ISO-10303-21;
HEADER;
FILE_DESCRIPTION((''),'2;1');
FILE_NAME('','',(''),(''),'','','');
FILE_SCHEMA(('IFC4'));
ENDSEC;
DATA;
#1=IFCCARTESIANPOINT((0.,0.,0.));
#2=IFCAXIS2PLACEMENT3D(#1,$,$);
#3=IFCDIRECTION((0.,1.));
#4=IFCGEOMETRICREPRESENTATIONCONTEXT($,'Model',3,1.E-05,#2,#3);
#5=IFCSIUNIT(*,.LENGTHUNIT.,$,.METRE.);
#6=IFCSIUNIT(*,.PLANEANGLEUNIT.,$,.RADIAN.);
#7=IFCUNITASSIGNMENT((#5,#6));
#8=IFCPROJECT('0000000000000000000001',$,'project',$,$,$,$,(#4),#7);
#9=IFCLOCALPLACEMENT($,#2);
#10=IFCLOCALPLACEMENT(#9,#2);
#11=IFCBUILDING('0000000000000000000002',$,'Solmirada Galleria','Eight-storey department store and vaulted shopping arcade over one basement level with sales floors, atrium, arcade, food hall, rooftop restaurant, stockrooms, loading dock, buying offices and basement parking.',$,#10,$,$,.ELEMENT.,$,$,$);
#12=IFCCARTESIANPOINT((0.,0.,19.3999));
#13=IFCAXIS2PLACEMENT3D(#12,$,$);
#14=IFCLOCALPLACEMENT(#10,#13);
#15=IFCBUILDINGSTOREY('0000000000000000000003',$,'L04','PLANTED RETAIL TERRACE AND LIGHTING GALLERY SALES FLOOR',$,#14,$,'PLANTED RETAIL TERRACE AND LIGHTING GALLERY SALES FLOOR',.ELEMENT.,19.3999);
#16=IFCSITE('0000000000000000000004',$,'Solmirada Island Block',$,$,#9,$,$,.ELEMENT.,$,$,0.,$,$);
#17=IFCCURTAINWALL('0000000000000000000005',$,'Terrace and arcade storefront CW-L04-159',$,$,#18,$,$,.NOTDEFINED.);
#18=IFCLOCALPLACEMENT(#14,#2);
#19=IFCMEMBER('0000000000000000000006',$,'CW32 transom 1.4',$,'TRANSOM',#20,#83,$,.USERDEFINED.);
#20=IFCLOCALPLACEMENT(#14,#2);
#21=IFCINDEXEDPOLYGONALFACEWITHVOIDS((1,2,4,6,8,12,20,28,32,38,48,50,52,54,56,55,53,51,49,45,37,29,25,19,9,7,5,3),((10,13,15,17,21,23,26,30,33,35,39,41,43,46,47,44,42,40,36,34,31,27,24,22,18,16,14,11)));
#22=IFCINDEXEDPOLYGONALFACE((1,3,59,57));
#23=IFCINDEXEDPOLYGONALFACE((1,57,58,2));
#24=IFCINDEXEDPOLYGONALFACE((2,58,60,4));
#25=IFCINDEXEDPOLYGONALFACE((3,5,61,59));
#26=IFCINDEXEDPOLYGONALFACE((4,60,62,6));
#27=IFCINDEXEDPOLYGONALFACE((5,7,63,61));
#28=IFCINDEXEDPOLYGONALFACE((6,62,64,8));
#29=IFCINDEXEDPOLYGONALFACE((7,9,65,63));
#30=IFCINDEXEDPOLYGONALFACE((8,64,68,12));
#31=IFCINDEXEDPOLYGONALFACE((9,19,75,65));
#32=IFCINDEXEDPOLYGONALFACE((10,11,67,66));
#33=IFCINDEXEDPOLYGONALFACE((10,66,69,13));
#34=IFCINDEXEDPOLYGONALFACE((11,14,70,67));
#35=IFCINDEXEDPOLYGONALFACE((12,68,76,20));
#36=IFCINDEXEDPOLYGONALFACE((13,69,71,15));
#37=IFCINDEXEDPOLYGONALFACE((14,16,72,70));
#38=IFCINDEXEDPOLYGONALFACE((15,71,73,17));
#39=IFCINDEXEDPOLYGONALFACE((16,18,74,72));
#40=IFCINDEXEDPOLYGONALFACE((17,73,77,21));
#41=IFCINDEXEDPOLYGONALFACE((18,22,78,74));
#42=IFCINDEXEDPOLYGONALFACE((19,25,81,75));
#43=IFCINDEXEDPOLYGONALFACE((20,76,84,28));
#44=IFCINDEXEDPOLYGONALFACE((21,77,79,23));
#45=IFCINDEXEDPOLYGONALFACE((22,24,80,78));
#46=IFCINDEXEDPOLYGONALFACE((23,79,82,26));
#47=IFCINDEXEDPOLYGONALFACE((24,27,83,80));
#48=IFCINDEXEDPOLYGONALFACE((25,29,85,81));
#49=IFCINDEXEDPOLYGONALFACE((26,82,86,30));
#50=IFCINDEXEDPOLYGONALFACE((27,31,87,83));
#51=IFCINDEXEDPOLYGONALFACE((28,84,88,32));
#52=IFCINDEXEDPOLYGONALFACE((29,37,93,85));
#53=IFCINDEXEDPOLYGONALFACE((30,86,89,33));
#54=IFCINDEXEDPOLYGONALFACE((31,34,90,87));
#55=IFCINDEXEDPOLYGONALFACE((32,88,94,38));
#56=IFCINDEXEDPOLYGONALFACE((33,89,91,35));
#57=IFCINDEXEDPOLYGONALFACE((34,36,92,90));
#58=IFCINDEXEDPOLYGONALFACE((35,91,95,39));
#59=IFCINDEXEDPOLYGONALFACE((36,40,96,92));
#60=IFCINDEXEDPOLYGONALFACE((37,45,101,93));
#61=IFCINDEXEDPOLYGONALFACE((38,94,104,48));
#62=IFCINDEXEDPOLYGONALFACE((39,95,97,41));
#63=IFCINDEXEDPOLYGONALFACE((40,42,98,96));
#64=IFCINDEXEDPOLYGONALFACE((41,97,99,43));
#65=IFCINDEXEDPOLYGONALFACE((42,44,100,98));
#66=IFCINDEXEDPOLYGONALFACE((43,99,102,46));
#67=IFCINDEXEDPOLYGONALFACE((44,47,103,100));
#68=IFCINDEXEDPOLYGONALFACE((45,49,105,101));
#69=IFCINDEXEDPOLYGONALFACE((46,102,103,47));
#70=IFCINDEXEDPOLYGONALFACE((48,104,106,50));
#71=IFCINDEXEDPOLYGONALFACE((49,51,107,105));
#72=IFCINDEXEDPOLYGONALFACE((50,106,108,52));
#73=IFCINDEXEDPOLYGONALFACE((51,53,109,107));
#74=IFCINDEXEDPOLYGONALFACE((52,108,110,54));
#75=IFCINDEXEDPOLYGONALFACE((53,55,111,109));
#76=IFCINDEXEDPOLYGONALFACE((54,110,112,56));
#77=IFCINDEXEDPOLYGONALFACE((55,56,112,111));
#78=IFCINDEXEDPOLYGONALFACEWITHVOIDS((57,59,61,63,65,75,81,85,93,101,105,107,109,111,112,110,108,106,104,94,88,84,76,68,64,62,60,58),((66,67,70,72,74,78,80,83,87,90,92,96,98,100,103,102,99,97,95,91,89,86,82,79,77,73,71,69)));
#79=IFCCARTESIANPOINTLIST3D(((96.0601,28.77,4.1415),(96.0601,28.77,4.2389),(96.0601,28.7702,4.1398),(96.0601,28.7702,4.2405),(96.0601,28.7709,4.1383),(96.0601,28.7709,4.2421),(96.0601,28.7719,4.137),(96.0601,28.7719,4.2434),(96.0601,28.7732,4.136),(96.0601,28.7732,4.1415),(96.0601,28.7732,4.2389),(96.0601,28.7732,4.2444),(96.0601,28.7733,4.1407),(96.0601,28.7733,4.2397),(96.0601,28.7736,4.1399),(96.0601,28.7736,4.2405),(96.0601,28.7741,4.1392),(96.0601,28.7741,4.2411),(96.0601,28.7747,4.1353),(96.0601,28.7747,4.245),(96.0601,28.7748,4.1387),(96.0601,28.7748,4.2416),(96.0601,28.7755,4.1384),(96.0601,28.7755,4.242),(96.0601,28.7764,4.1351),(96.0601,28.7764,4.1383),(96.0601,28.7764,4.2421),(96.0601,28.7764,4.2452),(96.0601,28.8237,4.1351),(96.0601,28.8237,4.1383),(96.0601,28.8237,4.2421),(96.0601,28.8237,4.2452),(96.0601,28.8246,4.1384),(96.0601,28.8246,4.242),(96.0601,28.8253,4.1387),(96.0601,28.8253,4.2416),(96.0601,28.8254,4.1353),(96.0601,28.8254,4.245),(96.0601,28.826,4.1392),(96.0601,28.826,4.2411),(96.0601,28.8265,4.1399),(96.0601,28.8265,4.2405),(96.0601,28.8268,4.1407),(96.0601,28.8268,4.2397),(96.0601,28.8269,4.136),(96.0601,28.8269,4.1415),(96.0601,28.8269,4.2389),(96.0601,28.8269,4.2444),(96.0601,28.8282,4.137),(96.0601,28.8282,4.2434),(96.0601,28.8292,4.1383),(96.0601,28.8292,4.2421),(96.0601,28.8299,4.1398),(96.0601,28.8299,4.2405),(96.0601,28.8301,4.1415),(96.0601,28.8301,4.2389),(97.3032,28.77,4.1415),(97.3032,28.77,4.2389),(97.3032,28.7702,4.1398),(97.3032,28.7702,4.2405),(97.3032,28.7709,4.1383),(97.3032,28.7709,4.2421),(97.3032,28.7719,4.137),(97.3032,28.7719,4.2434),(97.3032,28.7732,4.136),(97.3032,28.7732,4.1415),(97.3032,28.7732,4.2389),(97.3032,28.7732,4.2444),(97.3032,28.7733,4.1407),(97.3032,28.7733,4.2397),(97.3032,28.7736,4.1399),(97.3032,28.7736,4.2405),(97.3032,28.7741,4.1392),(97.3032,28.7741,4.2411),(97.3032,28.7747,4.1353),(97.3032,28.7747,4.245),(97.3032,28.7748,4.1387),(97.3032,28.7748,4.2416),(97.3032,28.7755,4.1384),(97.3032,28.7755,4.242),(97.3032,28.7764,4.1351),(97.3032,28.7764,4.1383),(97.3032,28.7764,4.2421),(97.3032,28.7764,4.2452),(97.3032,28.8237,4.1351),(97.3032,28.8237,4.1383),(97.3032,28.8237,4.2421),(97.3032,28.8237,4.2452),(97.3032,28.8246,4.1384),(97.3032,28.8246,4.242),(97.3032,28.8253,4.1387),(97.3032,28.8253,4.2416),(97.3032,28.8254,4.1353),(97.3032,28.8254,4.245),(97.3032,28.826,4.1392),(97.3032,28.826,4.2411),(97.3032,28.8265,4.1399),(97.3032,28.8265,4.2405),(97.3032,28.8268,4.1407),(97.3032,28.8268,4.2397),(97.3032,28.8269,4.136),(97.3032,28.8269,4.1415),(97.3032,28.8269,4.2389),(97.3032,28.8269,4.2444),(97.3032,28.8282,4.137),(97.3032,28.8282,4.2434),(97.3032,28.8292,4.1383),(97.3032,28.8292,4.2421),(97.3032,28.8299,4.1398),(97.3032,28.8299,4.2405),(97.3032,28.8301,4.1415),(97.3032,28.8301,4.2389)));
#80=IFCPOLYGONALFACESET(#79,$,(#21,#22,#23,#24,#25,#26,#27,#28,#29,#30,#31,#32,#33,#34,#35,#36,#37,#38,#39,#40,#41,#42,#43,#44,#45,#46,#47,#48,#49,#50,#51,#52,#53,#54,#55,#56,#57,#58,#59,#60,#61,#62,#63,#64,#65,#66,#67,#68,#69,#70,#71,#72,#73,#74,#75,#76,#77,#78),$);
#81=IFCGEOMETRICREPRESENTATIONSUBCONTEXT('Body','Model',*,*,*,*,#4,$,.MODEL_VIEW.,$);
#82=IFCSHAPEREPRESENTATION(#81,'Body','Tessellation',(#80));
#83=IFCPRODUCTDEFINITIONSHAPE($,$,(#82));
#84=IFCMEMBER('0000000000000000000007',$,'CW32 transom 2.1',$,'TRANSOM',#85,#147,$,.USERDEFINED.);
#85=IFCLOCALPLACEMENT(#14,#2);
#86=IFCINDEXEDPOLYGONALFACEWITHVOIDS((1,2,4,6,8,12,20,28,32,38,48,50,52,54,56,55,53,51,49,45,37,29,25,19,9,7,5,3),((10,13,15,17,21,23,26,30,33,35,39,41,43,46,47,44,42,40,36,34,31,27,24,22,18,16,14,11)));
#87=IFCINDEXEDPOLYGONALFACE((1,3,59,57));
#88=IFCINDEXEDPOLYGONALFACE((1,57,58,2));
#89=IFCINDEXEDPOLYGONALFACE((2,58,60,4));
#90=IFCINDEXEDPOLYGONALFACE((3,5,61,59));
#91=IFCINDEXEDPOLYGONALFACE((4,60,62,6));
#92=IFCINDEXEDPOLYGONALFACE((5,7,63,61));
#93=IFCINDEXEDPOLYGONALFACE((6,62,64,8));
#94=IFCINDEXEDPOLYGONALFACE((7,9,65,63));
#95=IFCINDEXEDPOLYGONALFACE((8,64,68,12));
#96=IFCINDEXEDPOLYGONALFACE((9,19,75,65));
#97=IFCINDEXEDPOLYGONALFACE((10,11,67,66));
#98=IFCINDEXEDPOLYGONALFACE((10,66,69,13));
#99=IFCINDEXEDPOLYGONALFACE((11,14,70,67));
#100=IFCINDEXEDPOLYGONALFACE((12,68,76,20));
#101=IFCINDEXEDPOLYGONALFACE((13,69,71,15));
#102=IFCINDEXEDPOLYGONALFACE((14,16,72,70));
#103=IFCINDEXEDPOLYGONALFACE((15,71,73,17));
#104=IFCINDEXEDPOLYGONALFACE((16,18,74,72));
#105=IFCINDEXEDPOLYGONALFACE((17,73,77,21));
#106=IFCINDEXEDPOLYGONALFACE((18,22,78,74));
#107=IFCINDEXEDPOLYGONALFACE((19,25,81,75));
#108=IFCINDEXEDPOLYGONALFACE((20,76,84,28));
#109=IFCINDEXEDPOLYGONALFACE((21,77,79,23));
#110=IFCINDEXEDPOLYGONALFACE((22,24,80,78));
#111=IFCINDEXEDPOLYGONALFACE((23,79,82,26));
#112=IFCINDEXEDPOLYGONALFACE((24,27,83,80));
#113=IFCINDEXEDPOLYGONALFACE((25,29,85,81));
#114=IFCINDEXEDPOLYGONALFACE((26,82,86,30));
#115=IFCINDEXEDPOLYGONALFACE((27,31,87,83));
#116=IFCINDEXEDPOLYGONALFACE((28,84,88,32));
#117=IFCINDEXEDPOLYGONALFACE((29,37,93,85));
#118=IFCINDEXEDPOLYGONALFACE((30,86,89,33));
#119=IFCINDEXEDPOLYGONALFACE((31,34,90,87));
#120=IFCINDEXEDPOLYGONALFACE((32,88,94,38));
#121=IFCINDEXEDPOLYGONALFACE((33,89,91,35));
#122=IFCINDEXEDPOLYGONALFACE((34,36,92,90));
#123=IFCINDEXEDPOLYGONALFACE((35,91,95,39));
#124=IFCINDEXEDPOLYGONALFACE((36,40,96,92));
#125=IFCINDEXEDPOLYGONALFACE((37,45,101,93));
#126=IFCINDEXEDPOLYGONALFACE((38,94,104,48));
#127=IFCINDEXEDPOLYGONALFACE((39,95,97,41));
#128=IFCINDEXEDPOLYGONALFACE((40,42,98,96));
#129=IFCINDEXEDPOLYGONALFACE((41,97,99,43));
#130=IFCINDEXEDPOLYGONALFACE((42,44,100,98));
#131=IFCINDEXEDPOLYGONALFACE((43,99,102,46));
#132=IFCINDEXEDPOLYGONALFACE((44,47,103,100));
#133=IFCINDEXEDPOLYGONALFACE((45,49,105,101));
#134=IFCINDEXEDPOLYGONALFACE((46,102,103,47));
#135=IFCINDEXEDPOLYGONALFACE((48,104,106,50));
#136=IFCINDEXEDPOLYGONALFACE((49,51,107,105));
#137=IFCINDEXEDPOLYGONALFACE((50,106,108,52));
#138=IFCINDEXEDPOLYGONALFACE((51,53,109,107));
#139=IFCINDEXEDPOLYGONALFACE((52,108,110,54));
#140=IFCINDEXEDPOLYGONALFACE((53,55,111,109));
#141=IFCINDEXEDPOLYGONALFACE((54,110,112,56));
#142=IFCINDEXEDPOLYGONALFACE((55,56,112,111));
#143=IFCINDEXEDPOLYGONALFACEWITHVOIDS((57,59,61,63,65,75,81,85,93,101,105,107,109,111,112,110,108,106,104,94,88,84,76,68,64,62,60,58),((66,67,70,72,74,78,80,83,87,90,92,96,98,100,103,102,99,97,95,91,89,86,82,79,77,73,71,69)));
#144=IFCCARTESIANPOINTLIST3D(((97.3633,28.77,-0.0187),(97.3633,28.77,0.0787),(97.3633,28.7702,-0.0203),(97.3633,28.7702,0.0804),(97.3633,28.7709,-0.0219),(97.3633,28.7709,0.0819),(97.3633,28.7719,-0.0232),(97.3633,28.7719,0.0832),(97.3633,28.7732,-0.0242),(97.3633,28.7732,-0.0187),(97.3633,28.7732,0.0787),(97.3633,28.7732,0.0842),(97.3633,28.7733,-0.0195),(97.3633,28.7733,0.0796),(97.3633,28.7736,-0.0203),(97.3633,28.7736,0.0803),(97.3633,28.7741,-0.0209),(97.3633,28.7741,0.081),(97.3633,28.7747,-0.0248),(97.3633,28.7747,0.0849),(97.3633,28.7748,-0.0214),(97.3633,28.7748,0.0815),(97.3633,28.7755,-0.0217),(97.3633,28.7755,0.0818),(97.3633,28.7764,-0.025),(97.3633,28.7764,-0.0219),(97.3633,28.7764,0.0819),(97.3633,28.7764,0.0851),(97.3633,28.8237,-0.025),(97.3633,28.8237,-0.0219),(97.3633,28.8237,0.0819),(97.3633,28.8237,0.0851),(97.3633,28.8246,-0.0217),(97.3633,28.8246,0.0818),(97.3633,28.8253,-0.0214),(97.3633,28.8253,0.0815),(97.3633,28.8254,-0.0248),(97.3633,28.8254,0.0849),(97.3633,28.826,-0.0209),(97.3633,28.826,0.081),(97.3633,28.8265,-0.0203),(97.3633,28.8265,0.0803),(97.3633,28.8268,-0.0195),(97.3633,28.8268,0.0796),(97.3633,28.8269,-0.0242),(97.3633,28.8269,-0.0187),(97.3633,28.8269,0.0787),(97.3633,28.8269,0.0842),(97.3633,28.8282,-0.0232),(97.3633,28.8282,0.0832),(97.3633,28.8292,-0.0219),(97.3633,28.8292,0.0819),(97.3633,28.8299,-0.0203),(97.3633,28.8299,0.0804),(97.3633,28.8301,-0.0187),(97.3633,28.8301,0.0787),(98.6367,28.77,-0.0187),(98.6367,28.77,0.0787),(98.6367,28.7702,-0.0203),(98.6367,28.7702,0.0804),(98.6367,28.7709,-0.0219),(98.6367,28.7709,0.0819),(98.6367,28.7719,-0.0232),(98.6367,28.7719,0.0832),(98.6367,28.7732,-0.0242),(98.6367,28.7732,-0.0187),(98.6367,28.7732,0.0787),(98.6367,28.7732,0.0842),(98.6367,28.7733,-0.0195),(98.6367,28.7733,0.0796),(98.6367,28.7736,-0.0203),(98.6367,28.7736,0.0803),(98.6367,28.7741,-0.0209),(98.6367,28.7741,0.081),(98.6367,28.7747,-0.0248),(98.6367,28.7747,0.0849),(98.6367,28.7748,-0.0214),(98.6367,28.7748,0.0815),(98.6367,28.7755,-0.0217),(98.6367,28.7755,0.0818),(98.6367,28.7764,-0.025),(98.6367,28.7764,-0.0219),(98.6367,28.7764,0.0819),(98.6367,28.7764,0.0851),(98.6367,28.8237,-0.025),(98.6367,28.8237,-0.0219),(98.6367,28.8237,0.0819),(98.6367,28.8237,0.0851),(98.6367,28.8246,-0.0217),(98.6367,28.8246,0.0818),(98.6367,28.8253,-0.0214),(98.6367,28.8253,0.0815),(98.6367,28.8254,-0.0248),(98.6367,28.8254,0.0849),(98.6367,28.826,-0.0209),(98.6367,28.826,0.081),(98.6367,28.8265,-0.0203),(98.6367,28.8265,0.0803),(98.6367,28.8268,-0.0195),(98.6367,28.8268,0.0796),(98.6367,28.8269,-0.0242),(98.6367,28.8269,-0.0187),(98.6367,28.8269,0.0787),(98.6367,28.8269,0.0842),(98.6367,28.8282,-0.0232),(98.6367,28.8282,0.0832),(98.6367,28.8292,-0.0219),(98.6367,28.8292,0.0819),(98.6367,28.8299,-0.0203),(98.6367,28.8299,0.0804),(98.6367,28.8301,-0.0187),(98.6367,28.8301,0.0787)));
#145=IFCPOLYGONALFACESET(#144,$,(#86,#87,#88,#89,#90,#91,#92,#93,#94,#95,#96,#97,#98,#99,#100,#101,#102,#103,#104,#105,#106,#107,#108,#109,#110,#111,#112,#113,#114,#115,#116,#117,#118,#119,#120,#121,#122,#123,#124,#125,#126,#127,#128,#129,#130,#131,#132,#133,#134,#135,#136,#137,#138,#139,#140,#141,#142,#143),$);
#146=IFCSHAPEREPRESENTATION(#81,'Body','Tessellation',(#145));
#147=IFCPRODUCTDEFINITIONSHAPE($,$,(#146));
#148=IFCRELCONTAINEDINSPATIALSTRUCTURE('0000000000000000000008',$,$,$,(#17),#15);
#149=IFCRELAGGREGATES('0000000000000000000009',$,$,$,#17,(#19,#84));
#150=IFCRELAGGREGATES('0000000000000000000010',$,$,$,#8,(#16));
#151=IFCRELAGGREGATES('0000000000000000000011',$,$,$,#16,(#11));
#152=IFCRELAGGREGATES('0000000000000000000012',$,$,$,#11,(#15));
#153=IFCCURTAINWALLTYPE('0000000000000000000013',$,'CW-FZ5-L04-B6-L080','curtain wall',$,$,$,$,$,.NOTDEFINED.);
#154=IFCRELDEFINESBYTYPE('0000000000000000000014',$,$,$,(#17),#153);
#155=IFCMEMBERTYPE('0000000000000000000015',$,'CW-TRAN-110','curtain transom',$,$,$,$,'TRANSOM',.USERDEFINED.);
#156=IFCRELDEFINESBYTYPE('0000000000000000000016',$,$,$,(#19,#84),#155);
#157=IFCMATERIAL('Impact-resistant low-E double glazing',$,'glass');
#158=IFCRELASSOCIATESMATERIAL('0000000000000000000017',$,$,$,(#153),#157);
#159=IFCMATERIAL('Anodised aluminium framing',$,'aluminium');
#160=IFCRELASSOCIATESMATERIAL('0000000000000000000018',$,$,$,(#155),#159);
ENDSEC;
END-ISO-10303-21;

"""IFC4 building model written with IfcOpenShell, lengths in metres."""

from ifc_helpers import new_model, si_unit, direction, frame, origin, origin_2d, place, context, subcontext, project, spatial, hollow_rectangle, extrude, material, material_profile, profile_set, type_object, element, aggregate, save


model = new_model("IFC4")

# Units and contexts
model_context = context("Model", 3, precision=1e-05, world=origin(), true_north=direction((0.0, 1.0)))
body_context = subcontext(model_context, "Body", "Model", "MODEL_VIEW")
ifc_project = project(units=[si_unit("LENGTHUNIT", "METRE"), si_unit("PLANEANGLEUNIT", "RADIAN")], contexts=[model_context])

# Site, building, storey
site_placement = place(None, origin())
site = spatial("IfcSite", under=ifc_project, at=site_placement, Name="Solmirada Island Block", CompositionType="ELEMENT", RefElevation=0.0)
building_placement = place(site_placement, origin())
building = spatial("IfcBuilding", under=site, at=building_placement, Name="Solmirada Galleria", Description="Eight-storey department store and vaulted shopping arcade over one basement level with sales floors, atrium, arcade, food hall, rooftop restaurant, stockrooms, loading dock, buying offices and basement parking.", CompositionType="ELEMENT")
storey_placement = place(building_placement, frame((0.0, 0.0, 19.3999)))
storey = spatial("IfcBuildingStorey", under=building, at=storey_placement, Name="L04", Description="PLANTED RETAIL TERRACE AND LIGHTING GALLERY SALES FLOOR", LongName="PLANTED RETAIL TERRACE AND LIGHTING GALLERY SALES FLOOR", CompositionType="ELEMENT", Elevation=19.3999)

# Curtain wall, members
ifc_material_1 = material(Name="Impact-resistant low-E double glazing", Category="glass")
curtain_wall_type = type_object("IfcCurtainWallType", Name="CW-FZ5-L04-B6-L080", Description="curtain wall", PredefinedType="NOTDEFINED", material=ifc_material_1)
curtain_wall_placement = place(storey_placement, origin())
curtain_wall = element("IfcCurtainWall", 1, at=curtain_wall_placement, inside=storey, type_object=curtain_wall_type, Name="Terrace and arcade storefront CW-L04-159", PredefinedType="NOTDEFINED")
ifc_material_2 = material(Name="Anodised aluminium framing", Category="aluminium")
ifc_material_profile_1 = material_profile(ifc_material_2, hollow_rectangle(XDim=0.0601, YDim=0.1101, WallThickness=0.0032, InnerFilletRadius=0.0032, OuterFilletRadius=0.0063, at=origin_2d()), Name="ALU-TRAN-110X60")
ifc_profile_set_1 = profile_set([ifc_material_profile_1], Name="Anodised aluminium framing")
member_type_1 = type_object("IfcMemberType", Name="CW-TRAN-110", Description="curtain transom", ElementType="TRANSOM", PredefinedType="USERDEFINED", material=ifc_profile_set_1)
member_1_placement = place(storey_placement, frame((96.0601, 28.8, 4.1902), z_axis=(1.0, 0.0, 0.0), x_axis=(0.0, 1.0, 0.0)))
member_1 = element("IfcMember", 2, at=member_1_placement, type_object=member_type_1, Name="CW32 transom 1.4", ObjectType="TRANSOM", PredefinedType="USERDEFINED", context=body_context, shape_type="SweptSolid", body=[
    extrude(hollow_rectangle(XDim=0.0601, YDim=0.1101, WallThickness=0.0032, InnerFilletRadius=0.0032, OuterFilletRadius=0.0063, at=origin_2d()), origin(), (0.0, 0.0, 1.0), 1.2432),
])
member_2_placement = place(storey_placement, frame((97.3633, 28.8, 0.03), z_axis=(1.0, 0.0, 0.0), x_axis=(0.0, 1.0, 0.0)))
member_2 = element("IfcMember", 3, at=member_2_placement, type_object=member_type_1, Name="CW32 transom 2.1", ObjectType="TRANSOM", PredefinedType="USERDEFINED", context=body_context, shape_type="SweptSolid", body=[
    extrude(hollow_rectangle(XDim=0.0601, YDim=0.1101, WallThickness=0.0032, InnerFilletRadius=0.0032, OuterFilletRadius=0.0063, at=origin_2d()), origin(), (0.0, 0.0, 1.0), 1.2734),
])
aggregate(curtain_wall, [member_1, member_2])

save(model, "model.ifc")
